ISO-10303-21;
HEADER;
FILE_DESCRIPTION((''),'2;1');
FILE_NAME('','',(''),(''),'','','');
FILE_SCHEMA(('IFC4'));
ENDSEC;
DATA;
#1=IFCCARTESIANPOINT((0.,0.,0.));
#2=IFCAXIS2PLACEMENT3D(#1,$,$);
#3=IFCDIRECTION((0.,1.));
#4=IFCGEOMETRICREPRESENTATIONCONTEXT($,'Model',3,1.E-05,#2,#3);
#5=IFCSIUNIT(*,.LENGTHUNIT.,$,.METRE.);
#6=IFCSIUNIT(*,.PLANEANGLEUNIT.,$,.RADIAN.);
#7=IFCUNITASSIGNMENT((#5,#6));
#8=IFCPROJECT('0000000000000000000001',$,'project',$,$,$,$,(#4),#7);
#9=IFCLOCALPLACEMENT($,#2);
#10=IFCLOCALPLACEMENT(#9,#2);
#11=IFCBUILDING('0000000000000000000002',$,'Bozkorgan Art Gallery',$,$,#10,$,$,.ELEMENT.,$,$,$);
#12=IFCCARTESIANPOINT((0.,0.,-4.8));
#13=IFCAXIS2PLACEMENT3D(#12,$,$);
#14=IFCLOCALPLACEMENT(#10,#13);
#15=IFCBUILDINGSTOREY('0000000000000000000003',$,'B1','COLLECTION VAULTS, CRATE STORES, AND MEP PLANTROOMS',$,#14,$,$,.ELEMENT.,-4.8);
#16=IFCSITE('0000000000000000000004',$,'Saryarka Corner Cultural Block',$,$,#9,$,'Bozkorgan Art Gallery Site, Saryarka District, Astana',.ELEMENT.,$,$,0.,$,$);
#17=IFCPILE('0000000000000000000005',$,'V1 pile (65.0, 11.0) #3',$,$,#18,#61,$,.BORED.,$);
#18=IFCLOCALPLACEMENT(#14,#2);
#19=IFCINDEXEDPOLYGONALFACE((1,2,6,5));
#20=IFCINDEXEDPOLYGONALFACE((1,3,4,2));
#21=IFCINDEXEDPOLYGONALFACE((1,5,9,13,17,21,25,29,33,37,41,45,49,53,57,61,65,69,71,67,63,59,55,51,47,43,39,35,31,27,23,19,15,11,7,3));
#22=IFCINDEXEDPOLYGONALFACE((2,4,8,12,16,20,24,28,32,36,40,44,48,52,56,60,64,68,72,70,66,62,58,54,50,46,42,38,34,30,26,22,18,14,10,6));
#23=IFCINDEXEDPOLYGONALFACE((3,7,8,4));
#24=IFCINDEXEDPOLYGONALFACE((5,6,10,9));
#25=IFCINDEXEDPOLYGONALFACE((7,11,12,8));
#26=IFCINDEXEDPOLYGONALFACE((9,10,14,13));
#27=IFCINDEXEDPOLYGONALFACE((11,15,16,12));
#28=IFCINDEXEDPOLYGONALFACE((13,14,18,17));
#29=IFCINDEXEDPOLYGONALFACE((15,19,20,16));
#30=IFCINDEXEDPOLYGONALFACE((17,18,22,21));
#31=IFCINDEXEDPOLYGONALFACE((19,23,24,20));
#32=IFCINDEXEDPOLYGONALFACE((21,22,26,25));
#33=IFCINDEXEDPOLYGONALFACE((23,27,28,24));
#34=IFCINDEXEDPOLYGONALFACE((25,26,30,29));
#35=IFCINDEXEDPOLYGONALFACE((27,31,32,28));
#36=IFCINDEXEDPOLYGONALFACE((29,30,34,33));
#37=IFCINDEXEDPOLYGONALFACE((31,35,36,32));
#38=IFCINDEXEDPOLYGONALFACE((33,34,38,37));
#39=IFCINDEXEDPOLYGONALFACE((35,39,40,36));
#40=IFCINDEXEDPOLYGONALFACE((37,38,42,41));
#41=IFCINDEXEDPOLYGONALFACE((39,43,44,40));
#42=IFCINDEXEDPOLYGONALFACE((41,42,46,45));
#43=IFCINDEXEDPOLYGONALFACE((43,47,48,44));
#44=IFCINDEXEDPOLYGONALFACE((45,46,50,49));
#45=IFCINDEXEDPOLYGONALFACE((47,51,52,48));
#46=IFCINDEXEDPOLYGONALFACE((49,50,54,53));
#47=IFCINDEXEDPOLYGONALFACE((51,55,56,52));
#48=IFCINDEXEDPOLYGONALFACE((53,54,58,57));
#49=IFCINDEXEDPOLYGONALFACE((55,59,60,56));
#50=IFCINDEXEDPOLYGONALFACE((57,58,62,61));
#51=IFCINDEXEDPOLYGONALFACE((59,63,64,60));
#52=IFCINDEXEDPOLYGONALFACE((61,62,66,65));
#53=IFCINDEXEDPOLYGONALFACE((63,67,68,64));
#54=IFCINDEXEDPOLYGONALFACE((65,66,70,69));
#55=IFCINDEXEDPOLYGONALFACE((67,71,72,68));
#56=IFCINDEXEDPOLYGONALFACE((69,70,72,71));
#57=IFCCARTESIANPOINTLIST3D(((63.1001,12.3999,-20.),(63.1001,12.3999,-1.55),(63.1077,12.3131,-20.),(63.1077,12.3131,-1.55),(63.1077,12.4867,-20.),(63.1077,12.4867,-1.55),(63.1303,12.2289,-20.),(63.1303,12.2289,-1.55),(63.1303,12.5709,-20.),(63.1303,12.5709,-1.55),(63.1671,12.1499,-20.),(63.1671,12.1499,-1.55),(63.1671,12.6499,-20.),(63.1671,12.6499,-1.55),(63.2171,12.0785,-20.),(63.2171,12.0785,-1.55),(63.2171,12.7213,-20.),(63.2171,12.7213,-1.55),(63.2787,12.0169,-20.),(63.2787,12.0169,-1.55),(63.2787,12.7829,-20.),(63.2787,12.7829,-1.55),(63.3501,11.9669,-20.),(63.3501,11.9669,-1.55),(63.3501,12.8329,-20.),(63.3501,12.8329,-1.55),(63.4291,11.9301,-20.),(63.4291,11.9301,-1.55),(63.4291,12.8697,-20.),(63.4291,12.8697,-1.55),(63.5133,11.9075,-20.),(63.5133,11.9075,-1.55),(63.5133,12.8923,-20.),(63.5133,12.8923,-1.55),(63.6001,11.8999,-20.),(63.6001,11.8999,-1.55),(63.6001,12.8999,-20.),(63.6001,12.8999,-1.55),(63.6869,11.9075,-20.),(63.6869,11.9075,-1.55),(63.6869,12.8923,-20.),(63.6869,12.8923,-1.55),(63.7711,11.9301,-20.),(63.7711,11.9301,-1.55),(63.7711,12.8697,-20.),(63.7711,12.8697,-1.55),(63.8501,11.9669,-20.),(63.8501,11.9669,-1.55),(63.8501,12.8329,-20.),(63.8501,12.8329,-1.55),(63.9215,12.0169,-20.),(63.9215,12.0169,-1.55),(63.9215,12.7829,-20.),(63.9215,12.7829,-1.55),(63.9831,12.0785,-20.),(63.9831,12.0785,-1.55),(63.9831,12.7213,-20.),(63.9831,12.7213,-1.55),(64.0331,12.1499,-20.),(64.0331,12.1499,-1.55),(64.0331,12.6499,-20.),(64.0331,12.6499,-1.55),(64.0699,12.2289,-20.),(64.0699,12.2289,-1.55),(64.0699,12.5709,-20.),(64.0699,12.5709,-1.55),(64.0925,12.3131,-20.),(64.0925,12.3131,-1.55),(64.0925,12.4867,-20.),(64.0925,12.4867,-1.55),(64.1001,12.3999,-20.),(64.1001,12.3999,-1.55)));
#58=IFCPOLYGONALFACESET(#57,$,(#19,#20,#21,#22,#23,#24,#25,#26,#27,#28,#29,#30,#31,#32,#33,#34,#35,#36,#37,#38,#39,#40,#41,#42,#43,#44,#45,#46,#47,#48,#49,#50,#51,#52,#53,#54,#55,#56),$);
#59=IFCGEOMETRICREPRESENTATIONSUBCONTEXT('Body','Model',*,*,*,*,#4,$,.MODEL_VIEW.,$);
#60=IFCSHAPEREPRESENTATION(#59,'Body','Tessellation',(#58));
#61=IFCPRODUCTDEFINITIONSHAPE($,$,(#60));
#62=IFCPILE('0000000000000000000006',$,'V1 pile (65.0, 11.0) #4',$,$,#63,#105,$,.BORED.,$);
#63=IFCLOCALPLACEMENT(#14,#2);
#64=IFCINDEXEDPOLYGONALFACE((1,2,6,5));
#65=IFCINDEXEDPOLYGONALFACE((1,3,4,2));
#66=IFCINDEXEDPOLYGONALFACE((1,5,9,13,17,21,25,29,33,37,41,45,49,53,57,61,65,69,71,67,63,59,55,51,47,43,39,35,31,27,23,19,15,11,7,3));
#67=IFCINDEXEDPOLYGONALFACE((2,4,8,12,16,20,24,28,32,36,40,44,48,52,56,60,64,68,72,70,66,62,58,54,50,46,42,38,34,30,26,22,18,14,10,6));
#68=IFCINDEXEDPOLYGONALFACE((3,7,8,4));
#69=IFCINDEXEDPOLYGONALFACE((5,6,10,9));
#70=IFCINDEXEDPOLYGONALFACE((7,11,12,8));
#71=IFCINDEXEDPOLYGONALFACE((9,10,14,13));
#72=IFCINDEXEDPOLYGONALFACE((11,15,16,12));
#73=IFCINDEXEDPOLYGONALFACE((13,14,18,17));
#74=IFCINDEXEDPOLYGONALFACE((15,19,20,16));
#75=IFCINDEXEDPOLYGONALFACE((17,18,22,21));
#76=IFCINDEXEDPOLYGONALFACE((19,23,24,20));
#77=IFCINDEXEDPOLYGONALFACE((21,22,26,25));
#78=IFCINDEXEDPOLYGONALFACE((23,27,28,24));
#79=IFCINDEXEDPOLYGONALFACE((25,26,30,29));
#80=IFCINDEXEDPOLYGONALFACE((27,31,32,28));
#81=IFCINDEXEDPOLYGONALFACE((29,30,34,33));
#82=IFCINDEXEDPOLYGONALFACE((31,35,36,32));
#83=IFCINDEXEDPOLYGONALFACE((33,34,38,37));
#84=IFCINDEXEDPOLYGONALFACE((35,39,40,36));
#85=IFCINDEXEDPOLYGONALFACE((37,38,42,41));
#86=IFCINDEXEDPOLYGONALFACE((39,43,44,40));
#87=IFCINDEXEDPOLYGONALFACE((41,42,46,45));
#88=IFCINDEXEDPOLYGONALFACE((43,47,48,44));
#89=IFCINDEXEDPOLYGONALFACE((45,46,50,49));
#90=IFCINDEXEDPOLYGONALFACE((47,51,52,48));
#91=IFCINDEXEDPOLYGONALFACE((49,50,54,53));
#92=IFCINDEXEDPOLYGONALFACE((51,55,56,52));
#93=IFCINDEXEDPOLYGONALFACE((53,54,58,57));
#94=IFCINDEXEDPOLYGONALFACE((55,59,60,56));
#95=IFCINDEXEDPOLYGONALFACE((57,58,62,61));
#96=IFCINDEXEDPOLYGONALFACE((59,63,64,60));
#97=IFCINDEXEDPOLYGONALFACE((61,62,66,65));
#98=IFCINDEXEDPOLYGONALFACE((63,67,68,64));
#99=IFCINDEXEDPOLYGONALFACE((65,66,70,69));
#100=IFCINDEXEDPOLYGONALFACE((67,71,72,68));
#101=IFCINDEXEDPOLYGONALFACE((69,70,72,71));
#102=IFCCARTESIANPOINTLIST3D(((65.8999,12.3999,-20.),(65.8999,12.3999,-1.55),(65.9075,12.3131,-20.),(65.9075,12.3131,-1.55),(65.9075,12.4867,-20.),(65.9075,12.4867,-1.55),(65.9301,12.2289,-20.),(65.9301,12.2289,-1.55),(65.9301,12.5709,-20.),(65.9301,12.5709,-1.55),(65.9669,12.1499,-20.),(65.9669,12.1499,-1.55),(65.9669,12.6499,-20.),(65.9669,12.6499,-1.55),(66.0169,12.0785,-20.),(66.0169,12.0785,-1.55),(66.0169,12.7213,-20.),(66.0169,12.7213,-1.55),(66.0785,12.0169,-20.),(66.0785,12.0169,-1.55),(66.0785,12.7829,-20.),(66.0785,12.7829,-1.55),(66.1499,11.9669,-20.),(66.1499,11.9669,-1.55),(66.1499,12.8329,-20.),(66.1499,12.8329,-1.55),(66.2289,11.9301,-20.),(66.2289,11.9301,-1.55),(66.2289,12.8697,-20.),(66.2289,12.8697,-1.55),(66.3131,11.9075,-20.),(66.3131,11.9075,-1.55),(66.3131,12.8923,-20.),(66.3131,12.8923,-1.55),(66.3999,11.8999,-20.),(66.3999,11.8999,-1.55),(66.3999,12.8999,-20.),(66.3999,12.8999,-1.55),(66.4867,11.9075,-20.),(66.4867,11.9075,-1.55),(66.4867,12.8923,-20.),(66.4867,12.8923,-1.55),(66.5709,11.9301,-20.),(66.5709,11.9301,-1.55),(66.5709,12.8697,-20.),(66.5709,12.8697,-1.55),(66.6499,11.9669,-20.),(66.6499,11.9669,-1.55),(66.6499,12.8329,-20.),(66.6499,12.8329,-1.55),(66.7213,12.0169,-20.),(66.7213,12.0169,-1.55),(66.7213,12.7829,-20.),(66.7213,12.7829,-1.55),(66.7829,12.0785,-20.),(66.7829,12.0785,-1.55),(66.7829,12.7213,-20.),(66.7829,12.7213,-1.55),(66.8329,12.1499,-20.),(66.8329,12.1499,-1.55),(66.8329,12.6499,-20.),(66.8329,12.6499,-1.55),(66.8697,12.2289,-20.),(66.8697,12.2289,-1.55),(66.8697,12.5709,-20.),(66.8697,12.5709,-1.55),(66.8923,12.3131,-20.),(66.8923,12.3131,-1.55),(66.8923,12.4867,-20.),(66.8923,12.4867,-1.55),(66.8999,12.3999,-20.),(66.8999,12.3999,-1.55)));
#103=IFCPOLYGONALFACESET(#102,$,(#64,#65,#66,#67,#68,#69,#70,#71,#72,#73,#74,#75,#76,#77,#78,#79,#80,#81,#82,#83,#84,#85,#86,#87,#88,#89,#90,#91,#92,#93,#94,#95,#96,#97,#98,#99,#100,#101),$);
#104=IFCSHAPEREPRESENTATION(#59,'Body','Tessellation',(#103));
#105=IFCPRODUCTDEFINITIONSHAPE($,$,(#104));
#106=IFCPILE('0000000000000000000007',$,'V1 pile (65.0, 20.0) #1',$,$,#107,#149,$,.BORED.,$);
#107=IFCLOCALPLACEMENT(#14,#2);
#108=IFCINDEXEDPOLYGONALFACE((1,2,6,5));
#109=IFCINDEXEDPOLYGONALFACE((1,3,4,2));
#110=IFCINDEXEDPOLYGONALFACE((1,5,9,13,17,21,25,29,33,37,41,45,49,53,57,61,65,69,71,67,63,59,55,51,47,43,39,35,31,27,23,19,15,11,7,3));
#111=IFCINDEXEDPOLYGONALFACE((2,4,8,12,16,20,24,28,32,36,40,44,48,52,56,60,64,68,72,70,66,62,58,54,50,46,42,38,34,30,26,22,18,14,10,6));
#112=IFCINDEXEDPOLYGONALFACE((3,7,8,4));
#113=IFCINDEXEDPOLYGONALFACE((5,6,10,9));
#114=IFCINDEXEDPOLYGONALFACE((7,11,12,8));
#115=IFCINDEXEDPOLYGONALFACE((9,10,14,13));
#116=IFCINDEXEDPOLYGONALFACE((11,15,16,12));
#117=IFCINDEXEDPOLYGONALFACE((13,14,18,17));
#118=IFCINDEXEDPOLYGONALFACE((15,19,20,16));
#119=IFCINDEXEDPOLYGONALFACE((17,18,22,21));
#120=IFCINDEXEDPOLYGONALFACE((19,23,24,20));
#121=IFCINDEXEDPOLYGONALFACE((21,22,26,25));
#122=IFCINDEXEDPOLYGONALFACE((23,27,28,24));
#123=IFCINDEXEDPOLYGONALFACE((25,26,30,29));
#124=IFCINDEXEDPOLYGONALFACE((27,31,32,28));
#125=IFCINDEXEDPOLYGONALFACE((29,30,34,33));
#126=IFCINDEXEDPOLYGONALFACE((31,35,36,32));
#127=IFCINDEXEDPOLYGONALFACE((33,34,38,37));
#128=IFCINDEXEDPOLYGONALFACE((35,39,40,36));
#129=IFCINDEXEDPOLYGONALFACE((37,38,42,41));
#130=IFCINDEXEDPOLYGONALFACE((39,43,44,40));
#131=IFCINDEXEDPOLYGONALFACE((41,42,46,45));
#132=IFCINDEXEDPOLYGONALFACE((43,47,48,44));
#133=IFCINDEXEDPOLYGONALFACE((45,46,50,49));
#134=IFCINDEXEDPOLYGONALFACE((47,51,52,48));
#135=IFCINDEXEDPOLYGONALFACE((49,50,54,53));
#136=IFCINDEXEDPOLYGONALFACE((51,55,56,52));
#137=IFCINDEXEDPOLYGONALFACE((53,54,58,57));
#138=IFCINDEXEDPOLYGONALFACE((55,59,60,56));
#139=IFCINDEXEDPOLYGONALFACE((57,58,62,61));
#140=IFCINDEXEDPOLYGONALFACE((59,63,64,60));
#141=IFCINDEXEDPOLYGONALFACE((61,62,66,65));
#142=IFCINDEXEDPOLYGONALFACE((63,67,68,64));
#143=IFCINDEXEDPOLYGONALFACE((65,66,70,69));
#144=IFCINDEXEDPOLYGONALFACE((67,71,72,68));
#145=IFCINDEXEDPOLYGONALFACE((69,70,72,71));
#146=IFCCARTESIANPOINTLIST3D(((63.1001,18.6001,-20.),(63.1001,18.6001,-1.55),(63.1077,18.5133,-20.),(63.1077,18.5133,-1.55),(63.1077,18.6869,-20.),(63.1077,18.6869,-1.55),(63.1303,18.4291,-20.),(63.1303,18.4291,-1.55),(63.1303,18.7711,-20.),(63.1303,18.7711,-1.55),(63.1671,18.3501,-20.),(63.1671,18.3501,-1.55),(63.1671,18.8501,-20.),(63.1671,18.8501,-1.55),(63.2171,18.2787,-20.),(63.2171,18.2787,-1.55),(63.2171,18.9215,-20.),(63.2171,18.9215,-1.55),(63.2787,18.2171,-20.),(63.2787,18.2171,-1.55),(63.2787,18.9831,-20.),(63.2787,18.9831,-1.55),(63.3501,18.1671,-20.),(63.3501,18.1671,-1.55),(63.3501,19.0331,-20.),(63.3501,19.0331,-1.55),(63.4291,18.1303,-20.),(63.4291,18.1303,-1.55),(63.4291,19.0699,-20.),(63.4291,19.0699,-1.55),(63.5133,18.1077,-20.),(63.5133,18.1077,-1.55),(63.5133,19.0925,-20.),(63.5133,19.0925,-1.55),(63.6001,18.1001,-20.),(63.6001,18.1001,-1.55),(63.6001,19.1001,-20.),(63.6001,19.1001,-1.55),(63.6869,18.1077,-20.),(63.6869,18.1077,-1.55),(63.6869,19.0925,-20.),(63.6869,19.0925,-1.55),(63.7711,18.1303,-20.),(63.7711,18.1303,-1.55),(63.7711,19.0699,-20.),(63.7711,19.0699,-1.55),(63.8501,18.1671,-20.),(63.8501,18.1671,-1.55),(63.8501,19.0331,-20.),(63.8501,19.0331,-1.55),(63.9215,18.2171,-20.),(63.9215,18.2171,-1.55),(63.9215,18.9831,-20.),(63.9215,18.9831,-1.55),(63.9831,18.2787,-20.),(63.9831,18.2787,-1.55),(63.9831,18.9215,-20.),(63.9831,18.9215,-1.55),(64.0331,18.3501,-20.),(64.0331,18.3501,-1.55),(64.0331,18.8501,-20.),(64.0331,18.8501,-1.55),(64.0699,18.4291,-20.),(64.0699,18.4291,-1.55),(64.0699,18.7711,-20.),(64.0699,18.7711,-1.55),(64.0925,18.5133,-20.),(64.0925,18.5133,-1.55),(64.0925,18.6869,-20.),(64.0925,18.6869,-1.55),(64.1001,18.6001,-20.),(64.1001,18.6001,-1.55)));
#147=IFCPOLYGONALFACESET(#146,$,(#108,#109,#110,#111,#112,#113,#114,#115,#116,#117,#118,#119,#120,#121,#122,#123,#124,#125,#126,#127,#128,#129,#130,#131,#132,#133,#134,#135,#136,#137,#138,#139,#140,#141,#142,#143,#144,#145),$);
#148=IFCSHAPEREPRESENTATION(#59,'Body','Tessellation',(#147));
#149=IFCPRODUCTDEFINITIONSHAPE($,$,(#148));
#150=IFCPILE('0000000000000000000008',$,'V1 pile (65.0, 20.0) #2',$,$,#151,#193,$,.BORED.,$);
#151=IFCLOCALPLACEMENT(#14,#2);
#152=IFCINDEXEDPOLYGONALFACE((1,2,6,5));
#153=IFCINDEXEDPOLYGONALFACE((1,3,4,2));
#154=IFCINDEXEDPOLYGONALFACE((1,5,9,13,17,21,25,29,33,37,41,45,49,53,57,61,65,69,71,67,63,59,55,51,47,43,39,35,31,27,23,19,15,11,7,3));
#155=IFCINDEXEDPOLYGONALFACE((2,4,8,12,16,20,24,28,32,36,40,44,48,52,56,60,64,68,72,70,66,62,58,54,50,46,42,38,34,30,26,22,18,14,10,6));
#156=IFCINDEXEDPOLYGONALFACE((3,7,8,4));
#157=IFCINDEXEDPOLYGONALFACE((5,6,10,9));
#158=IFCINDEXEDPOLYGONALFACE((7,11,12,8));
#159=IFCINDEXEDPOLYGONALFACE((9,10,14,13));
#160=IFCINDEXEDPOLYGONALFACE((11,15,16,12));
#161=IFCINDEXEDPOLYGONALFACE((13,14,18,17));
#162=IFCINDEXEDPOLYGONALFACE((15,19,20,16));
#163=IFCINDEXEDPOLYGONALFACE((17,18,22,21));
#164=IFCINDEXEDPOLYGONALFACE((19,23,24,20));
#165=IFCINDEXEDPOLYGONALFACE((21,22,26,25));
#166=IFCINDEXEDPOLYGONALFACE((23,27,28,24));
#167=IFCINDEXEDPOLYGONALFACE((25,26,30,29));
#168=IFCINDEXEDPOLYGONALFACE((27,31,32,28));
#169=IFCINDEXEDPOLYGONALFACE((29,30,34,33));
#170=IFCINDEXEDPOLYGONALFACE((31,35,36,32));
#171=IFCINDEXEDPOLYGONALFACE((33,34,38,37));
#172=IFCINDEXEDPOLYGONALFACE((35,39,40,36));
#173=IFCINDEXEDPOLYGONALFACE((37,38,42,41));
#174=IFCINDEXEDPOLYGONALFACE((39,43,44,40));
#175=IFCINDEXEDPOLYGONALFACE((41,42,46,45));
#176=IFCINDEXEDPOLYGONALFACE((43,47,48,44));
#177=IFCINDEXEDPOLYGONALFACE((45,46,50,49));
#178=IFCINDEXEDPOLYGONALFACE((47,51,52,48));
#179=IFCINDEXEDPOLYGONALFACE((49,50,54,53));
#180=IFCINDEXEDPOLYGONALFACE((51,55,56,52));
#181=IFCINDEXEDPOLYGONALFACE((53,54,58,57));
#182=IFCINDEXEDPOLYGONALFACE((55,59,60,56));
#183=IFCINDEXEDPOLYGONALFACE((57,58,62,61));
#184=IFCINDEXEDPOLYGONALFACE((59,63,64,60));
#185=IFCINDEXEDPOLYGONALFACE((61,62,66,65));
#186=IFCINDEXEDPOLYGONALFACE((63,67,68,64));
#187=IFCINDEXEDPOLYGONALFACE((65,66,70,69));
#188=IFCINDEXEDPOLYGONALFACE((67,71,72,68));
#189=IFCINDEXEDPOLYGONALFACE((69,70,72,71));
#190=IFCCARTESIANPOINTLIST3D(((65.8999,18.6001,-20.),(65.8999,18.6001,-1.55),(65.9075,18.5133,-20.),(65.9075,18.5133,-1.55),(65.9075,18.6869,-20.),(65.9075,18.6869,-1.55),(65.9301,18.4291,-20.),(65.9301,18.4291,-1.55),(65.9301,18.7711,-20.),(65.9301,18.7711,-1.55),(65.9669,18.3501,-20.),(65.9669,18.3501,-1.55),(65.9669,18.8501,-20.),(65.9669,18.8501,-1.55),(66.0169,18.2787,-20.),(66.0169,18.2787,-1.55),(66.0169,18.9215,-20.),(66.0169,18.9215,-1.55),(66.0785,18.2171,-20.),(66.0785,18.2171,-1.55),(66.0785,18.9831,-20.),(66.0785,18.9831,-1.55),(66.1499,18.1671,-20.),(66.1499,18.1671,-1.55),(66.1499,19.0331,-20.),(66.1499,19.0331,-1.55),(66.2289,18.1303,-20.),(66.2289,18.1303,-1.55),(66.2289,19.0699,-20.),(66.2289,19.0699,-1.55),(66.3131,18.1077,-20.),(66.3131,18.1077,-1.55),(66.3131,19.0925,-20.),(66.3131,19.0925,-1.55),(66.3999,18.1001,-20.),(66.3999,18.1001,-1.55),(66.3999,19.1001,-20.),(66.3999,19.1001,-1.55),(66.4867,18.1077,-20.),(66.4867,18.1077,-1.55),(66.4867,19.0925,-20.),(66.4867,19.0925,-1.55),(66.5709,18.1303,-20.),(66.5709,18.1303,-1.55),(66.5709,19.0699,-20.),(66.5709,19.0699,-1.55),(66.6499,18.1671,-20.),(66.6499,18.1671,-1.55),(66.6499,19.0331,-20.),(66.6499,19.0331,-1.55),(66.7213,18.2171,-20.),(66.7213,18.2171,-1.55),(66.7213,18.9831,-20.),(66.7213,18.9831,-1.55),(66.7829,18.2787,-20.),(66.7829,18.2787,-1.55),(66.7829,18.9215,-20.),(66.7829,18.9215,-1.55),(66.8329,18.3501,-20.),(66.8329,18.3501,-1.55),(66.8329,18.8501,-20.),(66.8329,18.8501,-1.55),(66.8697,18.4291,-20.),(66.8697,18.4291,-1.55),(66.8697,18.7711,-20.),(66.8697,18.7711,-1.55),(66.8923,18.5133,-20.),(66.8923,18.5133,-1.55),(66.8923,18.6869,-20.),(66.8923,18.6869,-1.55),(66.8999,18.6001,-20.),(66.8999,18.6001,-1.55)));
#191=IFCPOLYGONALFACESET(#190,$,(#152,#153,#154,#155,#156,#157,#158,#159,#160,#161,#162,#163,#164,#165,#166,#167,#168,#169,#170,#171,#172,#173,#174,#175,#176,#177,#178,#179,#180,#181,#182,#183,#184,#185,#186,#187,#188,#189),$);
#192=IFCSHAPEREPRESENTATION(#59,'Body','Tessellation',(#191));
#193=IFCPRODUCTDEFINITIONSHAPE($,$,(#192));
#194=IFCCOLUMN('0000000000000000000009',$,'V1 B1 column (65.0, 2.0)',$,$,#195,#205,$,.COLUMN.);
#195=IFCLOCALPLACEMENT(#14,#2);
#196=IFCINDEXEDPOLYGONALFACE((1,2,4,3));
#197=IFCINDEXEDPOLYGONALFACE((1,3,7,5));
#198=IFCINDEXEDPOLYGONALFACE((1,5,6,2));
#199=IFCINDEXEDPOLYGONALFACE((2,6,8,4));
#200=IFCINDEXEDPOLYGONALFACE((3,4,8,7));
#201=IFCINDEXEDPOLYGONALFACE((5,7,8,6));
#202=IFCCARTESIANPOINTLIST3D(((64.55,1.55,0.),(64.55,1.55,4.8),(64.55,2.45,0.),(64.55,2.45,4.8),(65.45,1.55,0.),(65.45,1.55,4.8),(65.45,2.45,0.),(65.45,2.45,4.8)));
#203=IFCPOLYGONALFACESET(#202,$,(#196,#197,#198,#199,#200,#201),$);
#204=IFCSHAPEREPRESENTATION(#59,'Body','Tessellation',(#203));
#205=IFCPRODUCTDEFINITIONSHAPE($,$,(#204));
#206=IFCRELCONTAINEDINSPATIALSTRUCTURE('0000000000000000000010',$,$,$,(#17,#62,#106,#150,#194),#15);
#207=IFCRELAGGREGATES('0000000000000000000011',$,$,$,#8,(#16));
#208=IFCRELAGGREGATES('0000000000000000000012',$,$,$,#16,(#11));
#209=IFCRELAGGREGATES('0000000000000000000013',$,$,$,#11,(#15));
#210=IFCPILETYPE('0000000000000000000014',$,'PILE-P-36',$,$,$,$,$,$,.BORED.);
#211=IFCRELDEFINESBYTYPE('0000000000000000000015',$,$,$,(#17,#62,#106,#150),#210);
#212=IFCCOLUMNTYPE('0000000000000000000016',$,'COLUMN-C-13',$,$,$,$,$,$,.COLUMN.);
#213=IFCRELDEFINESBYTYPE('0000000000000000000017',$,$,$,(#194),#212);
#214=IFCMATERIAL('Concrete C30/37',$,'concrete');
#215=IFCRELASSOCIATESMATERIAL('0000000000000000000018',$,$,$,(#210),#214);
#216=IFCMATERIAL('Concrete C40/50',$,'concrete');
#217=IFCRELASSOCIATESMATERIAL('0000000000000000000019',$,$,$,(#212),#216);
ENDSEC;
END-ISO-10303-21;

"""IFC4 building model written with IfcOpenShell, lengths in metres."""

from ifc_helpers import new_model, si_unit, direction, frame, origin, origin_2d, place, context, subcontext, project, spatial, rectangle, circle, extrude, material, material_profile, profile_set, type_object, element, save


model = new_model("IFC4")

# Units and contexts
model_context = context("Model", 3, precision=1e-05, world=origin(), true_north=direction((0.0, 1.0)))
body_context = subcontext(model_context, "Body", "Model", "MODEL_VIEW")
ifc_project = project(units=[si_unit("LENGTHUNIT", "METRE"), si_unit("PLANEANGLEUNIT", "RADIAN")], contexts=[model_context])

# Site, building, storey
site_placement = place(None, origin())
site = spatial("IfcSite", under=ifc_project, at=site_placement, Name="Saryarka Corner Cultural Block", LongName="Bozkorgan Art Gallery Site, Saryarka District, Astana", CompositionType="ELEMENT", RefElevation=0.0)
building_placement = place(site_placement, origin())
building = spatial("IfcBuilding", under=site, at=building_placement, Name="Bozkorgan Art Gallery", CompositionType="ELEMENT")
storey_placement = place(building_placement, frame((0.0, 0.0, -4.8)))
storey = spatial("IfcBuildingStorey", under=building, at=storey_placement, Name="B1", Description="COLLECTION VAULTS, CRATE STORES, AND MEP PLANTROOMS", CompositionType="ELEMENT", Elevation=-4.8)

# Shared definitions
ifc_material_1 = material(Name="Concrete C30/37", Category="concrete")

# Piles
ifc_material_profile_1 = material_profile(ifc_material_1, circle(Radius=0.5, at=origin_2d()), Name="PILE D1000")
ifc_profile_set_1 = profile_set([ifc_material_profile_1], Name="Concrete C30/37")
pile_type = type_object("IfcPileType", Name="PILE-P-36", PredefinedType="BORED", material=ifc_profile_set_1)
for number, where, z_axis, x_axis, name in (
    (1, (63.6001, 12.3999, -1.55), (0.0, 0.0, -1.0), (1.0, 0.0, 0.0), "V1 pile (65.0, 11.0) #3"),
    (2, (66.3999, 12.3999, -1.55), (0.0, 0.0, -1.0), (1.0, 0.0, 0.0), "V1 pile (65.0, 11.0) #4"),
    (3, (63.6001, 18.6001, -1.55), (0.0, 0.0, -1.0), (1.0, 0.0, 0.0), "V1 pile (65.0, 20.0) #1"),
    (4, (66.3999, 18.6001, -1.55), (0.0, 0.0, -1.0), (1.0, 0.0, 0.0), "V1 pile (65.0, 20.0) #2"),
):
    element("IfcPile", number, at=place(storey_placement, frame(where, z_axis=z_axis, x_axis=x_axis)), inside=storey, type_object=pile_type, Name=name, PredefinedType="BORED", context=body_context, shape_type="SweptSolid", body=[
        extrude(circle(Radius=0.5, at=origin_2d()), origin(), (0.0, 0.0, 1.0), 18.45),
    ])

# Column
ifc_material_2 = material(Name="Concrete C40/50", Category="concrete")
ifc_material_profile_2 = material_profile(ifc_material_2, rectangle(XDim=0.8999, YDim=0.8999, at=origin_2d()), Name="RC 900x900")
ifc_profile_set_2 = profile_set([ifc_material_profile_2], Name="Concrete C40/50")
column_type = type_object("IfcColumnType", Name="COLUMN-C-13", PredefinedType="COLUMN", material=ifc_profile_set_2)
for number, where, z_axis, x_axis, name in (
    (5, (65.0, 2.0, 0.0), (0.0, 0.0, 1.0), (1.0, 0.0, 0.0), "V1 B1 column (65.0, 2.0)"),
):
    element("IfcColumn", number, at=place(storey_placement, frame(where, z_axis=z_axis, x_axis=x_axis)), inside=storey, type_object=column_type, Name=name, PredefinedType="COLUMN", context=body_context, shape_type="SweptSolid", body=[
        extrude(rectangle(XDim=0.8999, YDim=0.8999, at=origin_2d()), origin(), (0.0, 0.0, 1.0), 4.8),
    ])

save(model, "model.ifc")
